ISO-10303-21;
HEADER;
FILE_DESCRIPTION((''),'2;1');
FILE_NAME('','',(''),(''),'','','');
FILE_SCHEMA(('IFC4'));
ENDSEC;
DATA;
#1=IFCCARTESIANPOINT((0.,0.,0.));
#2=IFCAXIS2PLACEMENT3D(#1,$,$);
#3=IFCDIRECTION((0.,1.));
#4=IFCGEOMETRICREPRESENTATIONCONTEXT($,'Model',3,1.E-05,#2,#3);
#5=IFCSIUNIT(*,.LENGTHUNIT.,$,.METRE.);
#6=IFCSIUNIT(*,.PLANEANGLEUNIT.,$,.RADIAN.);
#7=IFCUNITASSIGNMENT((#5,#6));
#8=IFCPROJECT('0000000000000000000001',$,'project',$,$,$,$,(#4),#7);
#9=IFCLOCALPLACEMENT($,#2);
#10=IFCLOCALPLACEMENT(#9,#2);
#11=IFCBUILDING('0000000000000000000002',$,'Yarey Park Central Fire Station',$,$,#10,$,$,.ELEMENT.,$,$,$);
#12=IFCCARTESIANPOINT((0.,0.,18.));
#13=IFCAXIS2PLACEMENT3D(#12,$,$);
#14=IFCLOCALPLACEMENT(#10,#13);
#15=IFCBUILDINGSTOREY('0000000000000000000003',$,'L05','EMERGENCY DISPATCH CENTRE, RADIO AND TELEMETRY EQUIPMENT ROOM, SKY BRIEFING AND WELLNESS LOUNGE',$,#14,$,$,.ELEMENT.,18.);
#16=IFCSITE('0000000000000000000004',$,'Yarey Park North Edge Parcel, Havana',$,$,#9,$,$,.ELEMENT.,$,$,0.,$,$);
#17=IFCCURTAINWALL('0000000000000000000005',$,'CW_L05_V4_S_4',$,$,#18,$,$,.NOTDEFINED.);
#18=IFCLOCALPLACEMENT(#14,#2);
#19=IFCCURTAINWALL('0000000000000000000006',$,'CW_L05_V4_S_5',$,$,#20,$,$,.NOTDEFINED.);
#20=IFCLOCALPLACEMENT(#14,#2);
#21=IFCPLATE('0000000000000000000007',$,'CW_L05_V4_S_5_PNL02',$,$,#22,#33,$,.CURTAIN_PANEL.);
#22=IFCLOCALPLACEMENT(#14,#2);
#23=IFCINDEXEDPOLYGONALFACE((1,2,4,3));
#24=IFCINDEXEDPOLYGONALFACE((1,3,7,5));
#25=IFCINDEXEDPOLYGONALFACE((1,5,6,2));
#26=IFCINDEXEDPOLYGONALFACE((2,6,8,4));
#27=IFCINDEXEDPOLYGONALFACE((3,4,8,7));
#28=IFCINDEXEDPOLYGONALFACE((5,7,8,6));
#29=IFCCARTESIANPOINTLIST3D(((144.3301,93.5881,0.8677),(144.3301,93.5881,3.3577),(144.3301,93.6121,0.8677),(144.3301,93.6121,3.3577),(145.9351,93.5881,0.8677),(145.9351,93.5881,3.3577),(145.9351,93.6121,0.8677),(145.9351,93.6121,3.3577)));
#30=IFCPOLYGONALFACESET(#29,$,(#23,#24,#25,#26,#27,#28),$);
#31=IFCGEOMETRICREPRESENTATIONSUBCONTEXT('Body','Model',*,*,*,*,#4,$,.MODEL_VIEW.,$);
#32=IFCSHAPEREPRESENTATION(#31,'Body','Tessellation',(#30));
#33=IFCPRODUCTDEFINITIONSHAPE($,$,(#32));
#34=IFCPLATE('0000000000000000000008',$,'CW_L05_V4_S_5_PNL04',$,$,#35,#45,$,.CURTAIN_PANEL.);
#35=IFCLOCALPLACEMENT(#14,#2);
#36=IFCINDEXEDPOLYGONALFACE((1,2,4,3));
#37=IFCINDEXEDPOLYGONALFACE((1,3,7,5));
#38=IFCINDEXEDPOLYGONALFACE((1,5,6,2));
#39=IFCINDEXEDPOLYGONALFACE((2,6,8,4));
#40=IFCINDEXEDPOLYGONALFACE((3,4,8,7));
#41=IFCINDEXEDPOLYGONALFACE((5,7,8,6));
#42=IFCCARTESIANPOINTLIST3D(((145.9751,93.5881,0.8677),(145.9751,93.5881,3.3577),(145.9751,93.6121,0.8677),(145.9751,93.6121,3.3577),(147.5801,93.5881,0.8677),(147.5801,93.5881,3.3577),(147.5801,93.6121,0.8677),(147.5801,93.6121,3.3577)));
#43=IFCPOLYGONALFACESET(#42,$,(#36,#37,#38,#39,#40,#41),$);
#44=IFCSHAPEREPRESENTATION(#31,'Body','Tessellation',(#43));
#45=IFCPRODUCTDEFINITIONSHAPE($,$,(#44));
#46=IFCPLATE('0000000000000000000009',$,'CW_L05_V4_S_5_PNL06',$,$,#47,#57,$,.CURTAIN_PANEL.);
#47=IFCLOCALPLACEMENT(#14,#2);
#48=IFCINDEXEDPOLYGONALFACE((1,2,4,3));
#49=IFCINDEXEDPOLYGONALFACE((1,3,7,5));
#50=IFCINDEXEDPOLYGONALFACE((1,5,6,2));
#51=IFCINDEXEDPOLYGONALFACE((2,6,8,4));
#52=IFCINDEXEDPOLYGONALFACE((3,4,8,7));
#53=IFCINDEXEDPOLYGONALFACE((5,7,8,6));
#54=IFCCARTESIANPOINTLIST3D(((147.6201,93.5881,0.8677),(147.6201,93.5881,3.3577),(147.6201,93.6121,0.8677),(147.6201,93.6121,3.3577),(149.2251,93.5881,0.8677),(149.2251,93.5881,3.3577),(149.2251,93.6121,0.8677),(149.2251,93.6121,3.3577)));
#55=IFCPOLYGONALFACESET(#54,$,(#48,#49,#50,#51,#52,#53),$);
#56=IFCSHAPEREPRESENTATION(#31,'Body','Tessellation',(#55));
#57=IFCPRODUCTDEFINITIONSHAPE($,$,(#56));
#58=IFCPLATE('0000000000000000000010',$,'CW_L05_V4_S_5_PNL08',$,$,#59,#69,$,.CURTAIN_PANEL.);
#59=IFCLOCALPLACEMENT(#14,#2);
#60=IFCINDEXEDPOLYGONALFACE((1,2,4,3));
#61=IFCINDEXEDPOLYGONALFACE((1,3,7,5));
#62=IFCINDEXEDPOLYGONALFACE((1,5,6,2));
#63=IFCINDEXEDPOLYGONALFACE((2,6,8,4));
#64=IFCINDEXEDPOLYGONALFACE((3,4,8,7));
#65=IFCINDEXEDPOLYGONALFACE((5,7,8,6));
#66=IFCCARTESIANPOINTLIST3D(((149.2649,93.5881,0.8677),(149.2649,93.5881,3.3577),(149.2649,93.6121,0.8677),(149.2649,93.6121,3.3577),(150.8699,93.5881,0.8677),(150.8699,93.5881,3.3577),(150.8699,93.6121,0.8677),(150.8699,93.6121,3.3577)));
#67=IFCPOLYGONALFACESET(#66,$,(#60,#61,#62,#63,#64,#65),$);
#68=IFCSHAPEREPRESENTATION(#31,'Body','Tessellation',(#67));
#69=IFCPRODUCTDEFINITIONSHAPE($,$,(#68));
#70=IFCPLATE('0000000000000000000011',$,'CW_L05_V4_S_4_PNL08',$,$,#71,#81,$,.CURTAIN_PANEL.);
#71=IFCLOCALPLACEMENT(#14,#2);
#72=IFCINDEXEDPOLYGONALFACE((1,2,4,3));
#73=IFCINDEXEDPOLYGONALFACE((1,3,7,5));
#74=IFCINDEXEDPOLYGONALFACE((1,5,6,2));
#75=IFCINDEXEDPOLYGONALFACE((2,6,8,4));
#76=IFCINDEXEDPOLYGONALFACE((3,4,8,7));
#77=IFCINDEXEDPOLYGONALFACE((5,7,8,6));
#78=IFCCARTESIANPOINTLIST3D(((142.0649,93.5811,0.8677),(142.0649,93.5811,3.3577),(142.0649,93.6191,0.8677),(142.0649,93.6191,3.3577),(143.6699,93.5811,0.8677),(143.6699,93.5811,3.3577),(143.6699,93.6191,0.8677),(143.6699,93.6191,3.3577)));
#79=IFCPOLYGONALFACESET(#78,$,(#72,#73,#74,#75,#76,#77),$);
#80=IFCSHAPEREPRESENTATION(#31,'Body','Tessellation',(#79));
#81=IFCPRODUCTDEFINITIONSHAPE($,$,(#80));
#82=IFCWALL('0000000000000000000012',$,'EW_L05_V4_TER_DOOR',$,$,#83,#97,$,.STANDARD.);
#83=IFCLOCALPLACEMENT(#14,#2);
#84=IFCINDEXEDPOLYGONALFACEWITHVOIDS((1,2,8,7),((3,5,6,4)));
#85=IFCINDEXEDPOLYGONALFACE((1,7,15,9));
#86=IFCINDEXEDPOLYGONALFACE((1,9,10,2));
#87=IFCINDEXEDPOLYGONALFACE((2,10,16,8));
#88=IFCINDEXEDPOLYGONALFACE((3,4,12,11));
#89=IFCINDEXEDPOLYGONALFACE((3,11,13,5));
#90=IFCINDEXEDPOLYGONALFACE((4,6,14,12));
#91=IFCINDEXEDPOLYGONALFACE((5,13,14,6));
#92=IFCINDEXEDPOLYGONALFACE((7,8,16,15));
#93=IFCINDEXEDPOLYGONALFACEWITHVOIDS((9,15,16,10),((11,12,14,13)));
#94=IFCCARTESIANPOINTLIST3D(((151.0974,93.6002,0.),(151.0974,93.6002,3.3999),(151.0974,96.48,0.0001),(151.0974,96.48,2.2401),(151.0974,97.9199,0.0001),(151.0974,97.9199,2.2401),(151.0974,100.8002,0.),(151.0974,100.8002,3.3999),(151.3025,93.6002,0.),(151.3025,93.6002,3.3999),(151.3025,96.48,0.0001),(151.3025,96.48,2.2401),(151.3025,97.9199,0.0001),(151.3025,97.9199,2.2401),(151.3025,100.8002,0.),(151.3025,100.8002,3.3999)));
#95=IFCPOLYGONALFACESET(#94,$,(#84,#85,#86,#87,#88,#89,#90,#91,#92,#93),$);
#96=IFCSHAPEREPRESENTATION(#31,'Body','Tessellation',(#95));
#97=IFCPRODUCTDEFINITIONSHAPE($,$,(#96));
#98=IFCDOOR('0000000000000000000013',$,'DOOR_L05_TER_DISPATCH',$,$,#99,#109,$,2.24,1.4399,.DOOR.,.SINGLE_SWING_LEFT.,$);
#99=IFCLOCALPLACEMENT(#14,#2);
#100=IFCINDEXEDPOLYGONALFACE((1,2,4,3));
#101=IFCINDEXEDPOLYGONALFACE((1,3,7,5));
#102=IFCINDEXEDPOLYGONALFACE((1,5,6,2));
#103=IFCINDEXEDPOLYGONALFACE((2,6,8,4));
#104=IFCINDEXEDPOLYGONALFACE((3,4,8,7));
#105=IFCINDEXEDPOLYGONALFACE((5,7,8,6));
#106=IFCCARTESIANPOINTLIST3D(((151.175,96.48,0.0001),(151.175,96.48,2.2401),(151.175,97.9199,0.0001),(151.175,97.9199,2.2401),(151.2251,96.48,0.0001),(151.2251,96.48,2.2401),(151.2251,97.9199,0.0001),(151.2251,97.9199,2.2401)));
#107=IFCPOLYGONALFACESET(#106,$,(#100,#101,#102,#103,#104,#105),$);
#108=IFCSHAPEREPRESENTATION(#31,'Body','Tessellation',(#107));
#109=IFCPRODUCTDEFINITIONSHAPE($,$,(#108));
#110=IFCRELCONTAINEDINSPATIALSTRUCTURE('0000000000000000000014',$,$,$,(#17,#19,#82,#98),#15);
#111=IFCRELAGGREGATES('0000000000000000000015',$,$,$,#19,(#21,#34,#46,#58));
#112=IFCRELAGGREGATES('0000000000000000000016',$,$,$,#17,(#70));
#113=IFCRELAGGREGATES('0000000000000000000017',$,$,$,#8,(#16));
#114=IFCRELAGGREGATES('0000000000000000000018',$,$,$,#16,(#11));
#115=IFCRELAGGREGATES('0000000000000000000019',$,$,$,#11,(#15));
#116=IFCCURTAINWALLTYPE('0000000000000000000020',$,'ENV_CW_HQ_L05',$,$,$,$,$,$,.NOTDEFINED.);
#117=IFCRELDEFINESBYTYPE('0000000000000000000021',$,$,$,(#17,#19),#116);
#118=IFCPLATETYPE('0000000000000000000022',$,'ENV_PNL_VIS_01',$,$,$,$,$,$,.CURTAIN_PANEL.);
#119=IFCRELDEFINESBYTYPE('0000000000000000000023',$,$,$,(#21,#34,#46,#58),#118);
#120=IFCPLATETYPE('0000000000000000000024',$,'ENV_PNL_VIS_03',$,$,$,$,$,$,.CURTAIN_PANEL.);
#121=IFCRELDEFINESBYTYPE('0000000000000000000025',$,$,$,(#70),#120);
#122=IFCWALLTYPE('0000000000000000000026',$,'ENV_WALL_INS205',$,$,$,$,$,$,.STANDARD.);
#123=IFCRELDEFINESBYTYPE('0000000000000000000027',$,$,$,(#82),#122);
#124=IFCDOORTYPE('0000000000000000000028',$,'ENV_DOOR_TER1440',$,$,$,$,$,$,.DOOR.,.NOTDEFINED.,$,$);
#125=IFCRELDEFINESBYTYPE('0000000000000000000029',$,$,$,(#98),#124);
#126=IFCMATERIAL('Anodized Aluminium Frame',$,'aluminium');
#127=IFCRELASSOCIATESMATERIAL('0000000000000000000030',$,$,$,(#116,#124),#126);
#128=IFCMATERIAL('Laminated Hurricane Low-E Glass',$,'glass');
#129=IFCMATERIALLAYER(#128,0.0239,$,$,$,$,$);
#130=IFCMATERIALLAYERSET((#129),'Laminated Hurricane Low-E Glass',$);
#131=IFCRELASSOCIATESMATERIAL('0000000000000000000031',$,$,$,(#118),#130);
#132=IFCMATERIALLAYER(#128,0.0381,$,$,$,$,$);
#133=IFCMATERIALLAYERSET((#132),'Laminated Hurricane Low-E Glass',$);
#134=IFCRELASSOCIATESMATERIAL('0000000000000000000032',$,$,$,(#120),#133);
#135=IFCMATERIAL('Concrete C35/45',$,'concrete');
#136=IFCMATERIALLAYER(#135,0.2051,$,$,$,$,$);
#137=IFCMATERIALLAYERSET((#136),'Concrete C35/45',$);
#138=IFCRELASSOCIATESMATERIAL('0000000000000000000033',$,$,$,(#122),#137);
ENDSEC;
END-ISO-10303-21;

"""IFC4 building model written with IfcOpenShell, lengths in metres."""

from ifc_helpers import new_model, si_unit, direction, frame, frame_2d, origin, origin_2d, place, context, subcontext, project, spatial, rectangle, extrude, material, layer, layer_set, type_object, element, fill, aggregate, save


model = new_model("IFC4")

# Units and contexts
model_context = context("Model", 3, precision=1e-05, world=origin(), true_north=direction((0.0, 1.0)))
body_context = subcontext(model_context, "Body", "Model", "MODEL_VIEW")
ifc_project = project(units=[si_unit("LENGTHUNIT", "METRE"), si_unit("PLANEANGLEUNIT", "RADIAN")], contexts=[model_context])

# Site, building, storey
site_placement = place(None, origin())
site = spatial("IfcSite", under=ifc_project, at=site_placement, Name="Yarey Park North Edge Parcel, Havana", CompositionType="ELEMENT", RefElevation=0.0)
building_placement = place(site_placement, origin())
building = spatial("IfcBuilding", under=site, at=building_placement, Name="Yarey Park Central Fire Station", CompositionType="ELEMENT")
storey_placement = place(building_placement, frame((0.0, 0.0, 18.0)))
storey = spatial("IfcBuildingStorey", under=building, at=storey_placement, Name="L05", Description="EMERGENCY DISPATCH CENTRE, RADIO AND TELEMETRY EQUIPMENT ROOM, SKY BRIEFING AND WELLNESS LOUNGE", CompositionType="ELEMENT", Elevation=18.0)

# Curtain wall
ifc_material_1 = material(Name="Anodized Aluminium Frame", Category="aluminium")
curtain_wall_type = type_object("IfcCurtainWallType", Name="ENV_CW_HQ_L05", PredefinedType="NOTDEFINED", material=ifc_material_1)
curtain_wall_1_placement = place(storey_placement, origin())
curtain_wall_1 = element("IfcCurtainWall", 1, at=curtain_wall_1_placement, inside=storey, type_object=curtain_wall_type, Name="CW_L05_V4_S_4", PredefinedType="NOTDEFINED")

# Curtain wall
curtain_wall_2_placement = place(storey_placement, origin())
curtain_wall_2 = element("IfcCurtainWall", 2, at=curtain_wall_2_placement, inside=storey, type_object=curtain_wall_type, Name="CW_L05_V4_S_5", PredefinedType="NOTDEFINED")

# Plates
ifc_material_2 = material(Name="Laminated Hurricane Low-E Glass", Category="glass")
ifc_layer_1 = layer(ifc_material_2, 0.0239)
ifc_layer_set_1 = layer_set([ifc_layer_1], Name="Laminated Hurricane Low-E Glass")
plate_type_1 = type_object("IfcPlateType", Name="ENV_PNL_VIS_01", PredefinedType="CURTAIN_PANEL", material=ifc_layer_set_1)
plate_1_placement = place(storey_placement, frame((145.1326, 93.6001, 0.8677), z_axis=(0.0, 0.0, 1.0), x_axis=(1.0, 0.0, 0.0)))
plate_1 = element("IfcPlate", 3, at=plate_1_placement, type_object=plate_type_1, Name="CW_L05_V4_S_5_PNL02", PredefinedType="CURTAIN_PANEL", context=body_context, shape_type="SweptSolid", body=[
    extrude(rectangle(XDim=1.605, YDim=0.0239, at=origin_2d()), origin(), (0.0, 0.0, 1.0), 2.49),
])
plate_2_placement = place(storey_placement, frame((146.7776, 93.6001, 0.8677), z_axis=(0.0, 0.0, 1.0), x_axis=(1.0, 0.0, 0.0)))
plate_2 = element("IfcPlate", 4, at=plate_2_placement, type_object=plate_type_1, Name="CW_L05_V4_S_5_PNL04", PredefinedType="CURTAIN_PANEL", context=body_context, shape_type="SweptSolid", body=[
    extrude(rectangle(XDim=1.605, YDim=0.0239, at=origin_2d()), origin(), (0.0, 0.0, 1.0), 2.49),
])
plate_3_placement = place(storey_placement, frame((148.4226, 93.6001, 0.8677), z_axis=(0.0, 0.0, 1.0), x_axis=(1.0, 0.0, 0.0)))
plate_3 = element("IfcPlate", 5, at=plate_3_placement, type_object=plate_type_1, Name="CW_L05_V4_S_5_PNL06", PredefinedType="CURTAIN_PANEL", context=body_context, shape_type="SweptSolid", body=[
    extrude(rectangle(XDim=1.605, YDim=0.0239, at=origin_2d()), origin(), (0.0, 0.0, 1.0), 2.49),
])
plate_4_placement = place(storey_placement, frame((150.0674, 93.6001, 0.8677), z_axis=(0.0, 0.0, 1.0), x_axis=(1.0, 0.0, 0.0)))
plate_4 = element("IfcPlate", 6, at=plate_4_placement, type_object=plate_type_1, Name="CW_L05_V4_S_5_PNL08", PredefinedType="CURTAIN_PANEL", context=body_context, shape_type="SweptSolid", body=[
    extrude(rectangle(XDim=1.605, YDim=0.0239, at=origin_2d()), origin(), (0.0, 0.0, 1.0), 2.49),
])
aggregate(curtain_wall_2, [plate_1, plate_2, plate_3, plate_4])
ifc_layer_2 = layer(ifc_material_2, 0.0381)
ifc_layer_set_2 = layer_set([ifc_layer_2], Name="Laminated Hurricane Low-E Glass")
plate_type_2 = type_object("IfcPlateType", Name="ENV_PNL_VIS_03", PredefinedType="CURTAIN_PANEL", material=ifc_layer_set_2)
plate_5_placement = place(storey_placement, frame((142.8674, 93.6001, 0.8677), z_axis=(0.0, 0.0, 1.0), x_axis=(1.0, 0.0, 0.0)))
plate_5 = element("IfcPlate", 7, at=plate_5_placement, type_object=plate_type_2, Name="CW_L05_V4_S_4_PNL08", PredefinedType="CURTAIN_PANEL", context=body_context, shape_type="SweptSolid", body=[
    extrude(rectangle(XDim=1.605, YDim=0.0381, at=origin_2d()), origin(), (0.0, 0.0, 1.0), 2.49),
])
aggregate(curtain_wall_1, [plate_5])

# Wall, opening, door
ifc_material_3 = material(Name="Concrete C35/45", Category="concrete")
ifc_layer_3 = layer(ifc_material_3, 0.2051)
ifc_layer_set_3 = layer_set([ifc_layer_3], Name="Concrete C35/45")
wall_type = type_object("IfcWallType", Name="ENV_WALL_INS205", PredefinedType="STANDARD", material=ifc_layer_set_3)
wall_placement = place(storey_placement, frame((151.2, 93.6001, 0.0), z_axis=(0.0, 0.0, 1.0), x_axis=(0.0, 1.0, 0.0)))
wall = element("IfcWall", 8, at=wall_placement, inside=storey, type_object=wall_type, Name="EW_L05_V4_TER_DOOR", PredefinedType="STANDARD", context=body_context, shape_type="SweptSolid", body=[
    extrude(rectangle(XDim=7.2, YDim=0.2051, at=frame_2d((3.6001, 0.0))), origin(), (0.0, 0.0, 1.0), 3.3999),
])
opening_placement = place(wall_placement, frame((2.8799, 0.0, 0.0)))
opening = element("IfcOpeningElement", 9, at=opening_placement, cuts=wall, PredefinedType="OPENING", context=body_context, shape_type="SweptSolid", body=[
    extrude(rectangle(XDim=1.4399, YDim=2.24, at=frame_2d((0.72, 1.1201))), frame((0.0, 0.1125, 0.0), z_axis=(0.0, -1.0, 0.0), x_axis=(1.0, 0.0, 0.0)), (0.0, 0.0, 1.0), 0.2251),
])
door_type = type_object("IfcDoorType", Name="ENV_DOOR_TER1440", OperationType="NOTDEFINED", PredefinedType="DOOR", material=ifc_material_1)
door_placement = place(opening_placement, origin())
door = element("IfcDoor", 10, at=door_placement, inside=storey, type_object=door_type, Name="DOOR_L05_TER_DISPATCH", OperationType="SINGLE_SWING_LEFT", OverallHeight=2.24, OverallWidth=1.4399, PredefinedType="DOOR", context=body_context, shape_type="SweptSolid", body=[
    extrude(rectangle(XDim=1.4399, YDim=2.24, at=frame_2d((0.72, 1.1201))), frame((0.0, 0.0249, 0.0), z_axis=(0.0, -1.0, 0.0), x_axis=(1.0, 0.0, 0.0)), (0.0, 0.0, 1.0), 0.05),
])
fill(opening, door)

save(model, "model.ifc")
